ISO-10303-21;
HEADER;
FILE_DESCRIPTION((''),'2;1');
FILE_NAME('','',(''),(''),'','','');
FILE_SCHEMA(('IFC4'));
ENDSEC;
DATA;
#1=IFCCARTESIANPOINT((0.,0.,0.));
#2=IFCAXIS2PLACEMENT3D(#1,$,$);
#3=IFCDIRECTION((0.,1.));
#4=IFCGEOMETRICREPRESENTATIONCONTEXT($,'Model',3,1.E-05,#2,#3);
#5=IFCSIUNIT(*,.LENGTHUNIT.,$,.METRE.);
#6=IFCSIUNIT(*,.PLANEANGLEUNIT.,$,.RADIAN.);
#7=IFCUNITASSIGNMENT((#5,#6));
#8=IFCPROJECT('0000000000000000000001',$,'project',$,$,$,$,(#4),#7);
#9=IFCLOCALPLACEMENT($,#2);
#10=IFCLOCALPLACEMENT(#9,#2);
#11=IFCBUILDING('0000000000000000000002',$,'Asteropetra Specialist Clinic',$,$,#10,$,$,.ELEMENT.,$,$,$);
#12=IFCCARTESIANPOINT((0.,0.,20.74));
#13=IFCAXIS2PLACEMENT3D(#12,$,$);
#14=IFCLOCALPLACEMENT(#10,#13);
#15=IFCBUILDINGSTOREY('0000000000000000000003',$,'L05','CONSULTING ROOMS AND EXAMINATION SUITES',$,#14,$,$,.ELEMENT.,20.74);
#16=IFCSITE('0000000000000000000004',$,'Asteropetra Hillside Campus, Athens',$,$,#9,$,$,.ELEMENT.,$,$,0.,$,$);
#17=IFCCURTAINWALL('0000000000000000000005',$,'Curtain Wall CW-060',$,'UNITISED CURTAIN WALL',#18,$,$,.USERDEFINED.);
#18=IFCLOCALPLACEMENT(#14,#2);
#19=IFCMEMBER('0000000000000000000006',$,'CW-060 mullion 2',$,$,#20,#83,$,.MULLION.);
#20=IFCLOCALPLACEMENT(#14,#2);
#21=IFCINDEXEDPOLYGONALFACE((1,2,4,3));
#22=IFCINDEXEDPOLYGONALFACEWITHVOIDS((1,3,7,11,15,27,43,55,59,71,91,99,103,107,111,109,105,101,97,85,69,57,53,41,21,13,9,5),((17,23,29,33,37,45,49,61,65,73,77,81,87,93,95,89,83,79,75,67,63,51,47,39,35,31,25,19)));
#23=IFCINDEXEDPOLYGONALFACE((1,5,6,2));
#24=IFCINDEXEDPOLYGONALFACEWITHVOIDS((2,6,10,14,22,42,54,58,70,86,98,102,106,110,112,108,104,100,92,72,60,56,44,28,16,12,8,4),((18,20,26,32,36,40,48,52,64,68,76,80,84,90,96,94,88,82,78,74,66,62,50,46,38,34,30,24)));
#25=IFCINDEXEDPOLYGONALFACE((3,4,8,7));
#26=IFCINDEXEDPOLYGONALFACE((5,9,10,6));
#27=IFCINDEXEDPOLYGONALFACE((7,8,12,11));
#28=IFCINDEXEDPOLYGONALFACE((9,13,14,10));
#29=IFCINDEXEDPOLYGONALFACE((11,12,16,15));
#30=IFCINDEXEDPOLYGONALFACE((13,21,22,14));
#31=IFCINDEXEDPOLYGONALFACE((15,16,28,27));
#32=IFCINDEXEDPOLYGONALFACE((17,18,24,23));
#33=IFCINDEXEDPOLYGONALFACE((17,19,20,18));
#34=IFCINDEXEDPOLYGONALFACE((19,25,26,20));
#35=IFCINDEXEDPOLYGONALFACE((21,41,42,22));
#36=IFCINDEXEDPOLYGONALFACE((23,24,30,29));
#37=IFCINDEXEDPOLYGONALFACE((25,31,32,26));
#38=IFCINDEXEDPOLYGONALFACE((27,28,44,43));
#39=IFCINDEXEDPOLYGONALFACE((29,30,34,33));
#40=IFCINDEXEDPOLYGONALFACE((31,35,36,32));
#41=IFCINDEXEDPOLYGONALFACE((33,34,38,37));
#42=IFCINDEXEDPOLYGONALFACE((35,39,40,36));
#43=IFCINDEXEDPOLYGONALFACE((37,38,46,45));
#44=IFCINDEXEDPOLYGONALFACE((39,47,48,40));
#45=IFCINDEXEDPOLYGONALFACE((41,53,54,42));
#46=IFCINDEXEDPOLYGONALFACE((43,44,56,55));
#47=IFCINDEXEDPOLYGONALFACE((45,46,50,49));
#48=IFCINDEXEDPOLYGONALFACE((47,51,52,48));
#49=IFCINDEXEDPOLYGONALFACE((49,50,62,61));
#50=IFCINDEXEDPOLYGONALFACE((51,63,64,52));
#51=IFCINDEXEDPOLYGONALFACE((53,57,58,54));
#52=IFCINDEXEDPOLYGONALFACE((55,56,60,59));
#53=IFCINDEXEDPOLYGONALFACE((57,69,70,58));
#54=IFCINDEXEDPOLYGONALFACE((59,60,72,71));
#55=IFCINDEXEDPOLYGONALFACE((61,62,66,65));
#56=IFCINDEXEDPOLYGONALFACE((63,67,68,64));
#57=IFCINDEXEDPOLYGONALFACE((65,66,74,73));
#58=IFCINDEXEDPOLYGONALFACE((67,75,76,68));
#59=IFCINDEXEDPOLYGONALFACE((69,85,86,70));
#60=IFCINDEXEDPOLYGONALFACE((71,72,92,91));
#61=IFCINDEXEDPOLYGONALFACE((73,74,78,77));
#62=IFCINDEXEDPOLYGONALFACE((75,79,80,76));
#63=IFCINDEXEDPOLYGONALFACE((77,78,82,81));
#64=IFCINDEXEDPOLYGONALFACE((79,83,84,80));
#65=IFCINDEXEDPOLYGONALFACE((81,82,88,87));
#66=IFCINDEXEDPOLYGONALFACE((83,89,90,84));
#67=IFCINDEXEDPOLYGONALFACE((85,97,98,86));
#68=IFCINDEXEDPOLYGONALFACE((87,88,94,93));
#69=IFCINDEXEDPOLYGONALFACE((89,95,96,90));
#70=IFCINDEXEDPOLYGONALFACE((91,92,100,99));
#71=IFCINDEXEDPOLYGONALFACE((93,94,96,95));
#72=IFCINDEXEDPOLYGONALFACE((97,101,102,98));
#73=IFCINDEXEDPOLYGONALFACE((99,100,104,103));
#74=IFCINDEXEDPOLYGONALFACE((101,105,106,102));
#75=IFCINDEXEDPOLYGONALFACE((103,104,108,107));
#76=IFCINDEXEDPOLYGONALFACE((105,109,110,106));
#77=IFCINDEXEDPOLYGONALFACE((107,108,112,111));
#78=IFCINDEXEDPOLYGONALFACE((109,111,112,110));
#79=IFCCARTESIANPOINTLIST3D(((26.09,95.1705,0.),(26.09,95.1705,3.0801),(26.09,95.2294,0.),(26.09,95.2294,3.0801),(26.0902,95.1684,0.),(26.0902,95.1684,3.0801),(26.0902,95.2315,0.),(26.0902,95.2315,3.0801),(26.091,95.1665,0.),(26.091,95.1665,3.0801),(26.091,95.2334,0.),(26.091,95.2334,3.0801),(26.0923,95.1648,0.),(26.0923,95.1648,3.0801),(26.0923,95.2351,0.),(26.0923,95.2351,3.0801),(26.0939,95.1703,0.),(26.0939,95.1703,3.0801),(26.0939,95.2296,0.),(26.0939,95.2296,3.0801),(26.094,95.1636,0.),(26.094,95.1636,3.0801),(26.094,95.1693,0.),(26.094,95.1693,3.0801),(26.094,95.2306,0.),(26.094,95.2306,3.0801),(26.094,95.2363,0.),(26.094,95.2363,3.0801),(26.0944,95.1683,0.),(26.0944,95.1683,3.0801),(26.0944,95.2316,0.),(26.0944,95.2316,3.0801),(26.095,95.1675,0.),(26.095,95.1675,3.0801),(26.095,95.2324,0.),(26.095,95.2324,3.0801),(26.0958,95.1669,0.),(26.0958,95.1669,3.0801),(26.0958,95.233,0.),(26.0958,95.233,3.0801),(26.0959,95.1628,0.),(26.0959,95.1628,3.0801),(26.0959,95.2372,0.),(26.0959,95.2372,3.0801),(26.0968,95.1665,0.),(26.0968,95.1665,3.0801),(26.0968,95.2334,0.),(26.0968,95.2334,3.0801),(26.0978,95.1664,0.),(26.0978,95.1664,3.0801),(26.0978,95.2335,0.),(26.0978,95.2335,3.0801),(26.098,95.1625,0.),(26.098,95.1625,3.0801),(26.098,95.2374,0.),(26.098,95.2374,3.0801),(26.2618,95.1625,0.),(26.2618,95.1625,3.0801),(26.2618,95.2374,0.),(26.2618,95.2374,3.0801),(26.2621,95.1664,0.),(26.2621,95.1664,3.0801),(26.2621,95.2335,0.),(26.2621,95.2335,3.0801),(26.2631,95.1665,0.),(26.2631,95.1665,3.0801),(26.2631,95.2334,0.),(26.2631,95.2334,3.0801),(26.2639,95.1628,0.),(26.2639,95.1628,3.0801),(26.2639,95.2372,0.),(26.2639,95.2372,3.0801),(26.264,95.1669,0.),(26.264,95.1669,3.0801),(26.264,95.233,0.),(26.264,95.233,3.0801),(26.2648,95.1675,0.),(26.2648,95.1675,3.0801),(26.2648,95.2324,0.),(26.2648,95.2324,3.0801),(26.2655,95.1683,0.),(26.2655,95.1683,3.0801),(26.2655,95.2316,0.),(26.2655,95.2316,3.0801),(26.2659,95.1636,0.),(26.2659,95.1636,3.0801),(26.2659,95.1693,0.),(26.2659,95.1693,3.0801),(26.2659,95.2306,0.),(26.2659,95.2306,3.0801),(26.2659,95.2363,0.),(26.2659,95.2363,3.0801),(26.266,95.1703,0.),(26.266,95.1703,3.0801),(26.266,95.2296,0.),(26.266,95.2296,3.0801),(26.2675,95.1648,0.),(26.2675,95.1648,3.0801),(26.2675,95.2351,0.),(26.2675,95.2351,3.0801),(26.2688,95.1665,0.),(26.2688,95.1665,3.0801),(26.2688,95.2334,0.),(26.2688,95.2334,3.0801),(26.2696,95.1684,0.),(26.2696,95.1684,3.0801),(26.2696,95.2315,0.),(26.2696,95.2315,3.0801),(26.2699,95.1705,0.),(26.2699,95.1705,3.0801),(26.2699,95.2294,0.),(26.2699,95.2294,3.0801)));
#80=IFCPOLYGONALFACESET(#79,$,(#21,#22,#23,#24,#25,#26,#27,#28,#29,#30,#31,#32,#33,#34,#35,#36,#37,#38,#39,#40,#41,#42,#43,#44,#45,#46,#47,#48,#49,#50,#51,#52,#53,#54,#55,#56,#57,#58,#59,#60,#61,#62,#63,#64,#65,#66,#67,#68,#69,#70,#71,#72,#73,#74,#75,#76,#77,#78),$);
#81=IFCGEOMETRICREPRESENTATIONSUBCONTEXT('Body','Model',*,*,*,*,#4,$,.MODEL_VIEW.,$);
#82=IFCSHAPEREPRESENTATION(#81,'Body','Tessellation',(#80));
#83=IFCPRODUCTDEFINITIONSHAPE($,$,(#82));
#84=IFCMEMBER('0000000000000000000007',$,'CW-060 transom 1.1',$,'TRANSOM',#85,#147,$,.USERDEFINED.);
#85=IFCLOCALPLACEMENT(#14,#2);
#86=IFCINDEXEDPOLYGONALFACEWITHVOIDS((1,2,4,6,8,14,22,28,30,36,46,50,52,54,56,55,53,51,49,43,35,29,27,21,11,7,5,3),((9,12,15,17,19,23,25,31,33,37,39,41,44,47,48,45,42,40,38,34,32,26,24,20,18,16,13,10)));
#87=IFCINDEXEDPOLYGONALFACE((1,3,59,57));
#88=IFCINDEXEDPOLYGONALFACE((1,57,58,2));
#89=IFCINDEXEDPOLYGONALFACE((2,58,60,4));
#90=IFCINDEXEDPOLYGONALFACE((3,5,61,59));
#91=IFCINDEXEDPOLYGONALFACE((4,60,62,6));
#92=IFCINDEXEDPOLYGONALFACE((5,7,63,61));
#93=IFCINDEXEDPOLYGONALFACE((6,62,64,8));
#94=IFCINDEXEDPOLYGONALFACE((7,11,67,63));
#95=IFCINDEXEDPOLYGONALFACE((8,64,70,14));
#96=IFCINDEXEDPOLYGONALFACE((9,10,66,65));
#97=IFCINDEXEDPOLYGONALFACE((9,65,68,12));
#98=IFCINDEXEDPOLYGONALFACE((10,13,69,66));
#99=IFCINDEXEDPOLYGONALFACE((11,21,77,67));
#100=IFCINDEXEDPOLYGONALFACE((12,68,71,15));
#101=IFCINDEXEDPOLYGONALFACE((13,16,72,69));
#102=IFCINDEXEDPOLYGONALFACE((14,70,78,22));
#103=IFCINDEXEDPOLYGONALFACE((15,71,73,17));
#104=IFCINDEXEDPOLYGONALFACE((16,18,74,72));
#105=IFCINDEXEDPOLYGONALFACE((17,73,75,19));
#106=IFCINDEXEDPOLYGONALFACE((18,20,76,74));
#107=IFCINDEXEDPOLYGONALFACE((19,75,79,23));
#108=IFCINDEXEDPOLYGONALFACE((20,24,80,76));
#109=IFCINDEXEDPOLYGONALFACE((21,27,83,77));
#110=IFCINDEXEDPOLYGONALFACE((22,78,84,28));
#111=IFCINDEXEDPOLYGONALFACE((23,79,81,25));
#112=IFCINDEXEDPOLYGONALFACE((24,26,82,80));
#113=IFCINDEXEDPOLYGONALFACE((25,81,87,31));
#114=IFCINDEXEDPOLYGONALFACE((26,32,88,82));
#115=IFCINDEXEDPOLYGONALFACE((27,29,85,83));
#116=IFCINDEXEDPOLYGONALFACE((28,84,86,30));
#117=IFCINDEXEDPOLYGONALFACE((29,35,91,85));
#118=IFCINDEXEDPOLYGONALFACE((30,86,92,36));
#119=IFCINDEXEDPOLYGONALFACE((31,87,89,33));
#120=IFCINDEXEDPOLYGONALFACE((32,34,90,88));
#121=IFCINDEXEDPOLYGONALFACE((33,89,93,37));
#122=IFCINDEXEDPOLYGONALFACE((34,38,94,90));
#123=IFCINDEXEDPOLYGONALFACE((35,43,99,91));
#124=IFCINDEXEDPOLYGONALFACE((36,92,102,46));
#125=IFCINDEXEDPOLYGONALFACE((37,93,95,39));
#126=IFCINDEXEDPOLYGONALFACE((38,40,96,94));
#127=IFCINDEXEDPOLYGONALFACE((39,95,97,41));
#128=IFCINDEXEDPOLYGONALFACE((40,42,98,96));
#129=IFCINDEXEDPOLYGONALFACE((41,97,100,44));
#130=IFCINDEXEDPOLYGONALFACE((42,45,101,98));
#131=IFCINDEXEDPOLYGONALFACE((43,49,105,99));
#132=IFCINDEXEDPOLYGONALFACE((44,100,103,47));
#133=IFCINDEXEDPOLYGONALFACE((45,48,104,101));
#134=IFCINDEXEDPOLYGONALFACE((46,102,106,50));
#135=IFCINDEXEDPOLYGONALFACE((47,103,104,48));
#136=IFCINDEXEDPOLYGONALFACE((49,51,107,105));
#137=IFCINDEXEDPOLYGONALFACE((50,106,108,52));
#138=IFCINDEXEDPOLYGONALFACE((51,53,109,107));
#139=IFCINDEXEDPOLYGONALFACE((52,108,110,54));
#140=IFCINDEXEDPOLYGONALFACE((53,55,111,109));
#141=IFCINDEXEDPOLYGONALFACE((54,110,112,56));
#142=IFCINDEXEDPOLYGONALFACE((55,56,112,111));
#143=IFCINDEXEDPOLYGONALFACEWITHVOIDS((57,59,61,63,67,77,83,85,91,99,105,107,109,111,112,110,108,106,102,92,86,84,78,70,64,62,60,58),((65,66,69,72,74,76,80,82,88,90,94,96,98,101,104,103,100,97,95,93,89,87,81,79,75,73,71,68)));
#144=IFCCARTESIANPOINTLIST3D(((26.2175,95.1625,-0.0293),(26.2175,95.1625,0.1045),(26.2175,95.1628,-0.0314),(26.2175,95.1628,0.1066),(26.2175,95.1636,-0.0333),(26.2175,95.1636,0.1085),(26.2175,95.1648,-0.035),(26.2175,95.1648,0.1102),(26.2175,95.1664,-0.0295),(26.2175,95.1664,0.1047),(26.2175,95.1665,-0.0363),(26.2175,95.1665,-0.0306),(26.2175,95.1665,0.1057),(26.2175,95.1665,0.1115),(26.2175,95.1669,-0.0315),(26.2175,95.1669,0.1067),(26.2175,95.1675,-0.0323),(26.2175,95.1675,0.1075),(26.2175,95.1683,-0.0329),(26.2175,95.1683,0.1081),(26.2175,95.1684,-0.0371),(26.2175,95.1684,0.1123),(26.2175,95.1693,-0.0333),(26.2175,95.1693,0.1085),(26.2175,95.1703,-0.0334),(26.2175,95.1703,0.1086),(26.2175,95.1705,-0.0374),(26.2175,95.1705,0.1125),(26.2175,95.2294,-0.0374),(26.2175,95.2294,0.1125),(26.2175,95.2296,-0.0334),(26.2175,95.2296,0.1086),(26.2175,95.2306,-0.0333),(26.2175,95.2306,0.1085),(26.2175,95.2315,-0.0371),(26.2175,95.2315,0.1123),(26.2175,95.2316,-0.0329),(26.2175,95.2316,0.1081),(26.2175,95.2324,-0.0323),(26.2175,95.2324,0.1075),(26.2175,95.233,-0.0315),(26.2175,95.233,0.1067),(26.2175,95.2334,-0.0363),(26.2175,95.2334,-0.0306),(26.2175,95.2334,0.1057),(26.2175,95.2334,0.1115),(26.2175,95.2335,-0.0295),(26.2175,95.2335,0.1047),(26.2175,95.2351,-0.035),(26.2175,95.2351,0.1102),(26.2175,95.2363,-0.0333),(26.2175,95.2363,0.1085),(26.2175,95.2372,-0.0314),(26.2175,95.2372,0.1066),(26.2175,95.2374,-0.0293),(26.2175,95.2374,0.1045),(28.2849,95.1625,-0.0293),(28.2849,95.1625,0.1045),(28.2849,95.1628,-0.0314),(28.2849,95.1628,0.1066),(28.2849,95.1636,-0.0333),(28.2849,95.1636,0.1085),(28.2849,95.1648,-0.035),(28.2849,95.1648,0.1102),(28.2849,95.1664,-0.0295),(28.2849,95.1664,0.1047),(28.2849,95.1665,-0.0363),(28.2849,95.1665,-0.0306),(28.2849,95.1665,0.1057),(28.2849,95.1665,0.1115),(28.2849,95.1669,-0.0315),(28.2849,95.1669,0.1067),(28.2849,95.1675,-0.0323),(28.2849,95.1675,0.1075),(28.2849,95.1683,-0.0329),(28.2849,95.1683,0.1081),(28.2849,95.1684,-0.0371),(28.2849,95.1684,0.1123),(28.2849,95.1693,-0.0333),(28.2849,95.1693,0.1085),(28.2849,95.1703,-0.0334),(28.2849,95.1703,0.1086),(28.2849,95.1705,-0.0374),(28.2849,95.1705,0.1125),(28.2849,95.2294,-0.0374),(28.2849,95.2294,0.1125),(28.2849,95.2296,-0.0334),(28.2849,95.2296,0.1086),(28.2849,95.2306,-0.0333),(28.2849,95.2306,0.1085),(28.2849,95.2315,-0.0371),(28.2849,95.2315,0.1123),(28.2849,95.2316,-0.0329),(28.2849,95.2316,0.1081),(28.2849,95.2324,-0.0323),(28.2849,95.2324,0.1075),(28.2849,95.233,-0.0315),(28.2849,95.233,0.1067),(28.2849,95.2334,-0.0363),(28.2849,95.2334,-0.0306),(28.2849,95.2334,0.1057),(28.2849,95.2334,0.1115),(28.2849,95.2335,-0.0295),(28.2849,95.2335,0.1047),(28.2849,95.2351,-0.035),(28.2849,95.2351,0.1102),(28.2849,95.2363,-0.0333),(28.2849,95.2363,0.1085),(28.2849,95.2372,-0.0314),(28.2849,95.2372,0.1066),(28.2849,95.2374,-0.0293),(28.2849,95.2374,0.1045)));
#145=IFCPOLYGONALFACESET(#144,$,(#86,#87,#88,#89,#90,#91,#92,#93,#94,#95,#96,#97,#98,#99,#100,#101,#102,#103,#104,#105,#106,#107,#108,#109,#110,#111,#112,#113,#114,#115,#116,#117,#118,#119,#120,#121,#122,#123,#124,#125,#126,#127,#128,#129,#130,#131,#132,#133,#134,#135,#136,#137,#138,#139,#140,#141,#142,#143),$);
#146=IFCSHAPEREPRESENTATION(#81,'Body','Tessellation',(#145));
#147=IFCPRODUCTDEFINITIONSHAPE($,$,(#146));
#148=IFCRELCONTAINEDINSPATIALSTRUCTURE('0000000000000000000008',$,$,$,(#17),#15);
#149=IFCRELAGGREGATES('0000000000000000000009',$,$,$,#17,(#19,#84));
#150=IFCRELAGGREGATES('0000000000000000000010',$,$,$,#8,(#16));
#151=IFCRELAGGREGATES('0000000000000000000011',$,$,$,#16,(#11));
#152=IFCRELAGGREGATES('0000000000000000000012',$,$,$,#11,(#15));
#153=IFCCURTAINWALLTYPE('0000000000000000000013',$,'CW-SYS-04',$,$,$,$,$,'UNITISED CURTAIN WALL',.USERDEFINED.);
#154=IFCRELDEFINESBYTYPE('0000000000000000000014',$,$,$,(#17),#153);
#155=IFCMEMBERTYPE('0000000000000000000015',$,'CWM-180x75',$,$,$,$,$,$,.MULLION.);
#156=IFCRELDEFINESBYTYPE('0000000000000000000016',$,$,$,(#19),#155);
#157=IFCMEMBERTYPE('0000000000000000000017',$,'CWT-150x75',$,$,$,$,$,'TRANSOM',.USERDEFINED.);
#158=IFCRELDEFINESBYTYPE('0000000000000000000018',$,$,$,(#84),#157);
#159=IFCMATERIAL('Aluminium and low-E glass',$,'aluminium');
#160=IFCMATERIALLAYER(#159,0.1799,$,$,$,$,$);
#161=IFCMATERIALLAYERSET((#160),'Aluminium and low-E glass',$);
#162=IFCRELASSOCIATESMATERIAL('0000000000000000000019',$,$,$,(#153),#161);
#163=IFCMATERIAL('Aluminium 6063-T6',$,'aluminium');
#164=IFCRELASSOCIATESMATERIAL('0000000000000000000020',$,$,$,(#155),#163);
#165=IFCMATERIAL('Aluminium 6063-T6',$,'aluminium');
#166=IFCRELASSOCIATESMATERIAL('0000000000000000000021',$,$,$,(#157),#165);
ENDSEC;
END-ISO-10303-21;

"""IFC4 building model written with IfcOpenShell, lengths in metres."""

from ifc_helpers import new_model, si_unit, direction, frame, origin, origin_2d, place, context, subcontext, project, spatial, hollow_rectangle, extrude, material, layer, layer_set, material_profile, profile_set, type_object, element, aggregate, save


model = new_model("IFC4")

# Units and contexts
model_context = context("Model", 3, precision=1e-05, world=origin(), true_north=direction((0.0, 1.0)))
body_context = subcontext(model_context, "Body", "Model", "MODEL_VIEW")
ifc_project = project(units=[si_unit("LENGTHUNIT", "METRE"), si_unit("PLANEANGLEUNIT", "RADIAN")], contexts=[model_context])

# Site, building, storey
site_placement = place(None, origin())
site = spatial("IfcSite", under=ifc_project, at=site_placement, Name="Asteropetra Hillside Campus, Athens", CompositionType="ELEMENT", RefElevation=0.0)
building_placement = place(site_placement, origin())
building = spatial("IfcBuilding", under=site, at=building_placement, Name="Asteropetra Specialist Clinic", CompositionType="ELEMENT")
storey_placement = place(building_placement, frame((0.0, 0.0, 20.74)))
storey = spatial("IfcBuildingStorey", under=building, at=storey_placement, Name="L05", Description="CONSULTING ROOMS AND EXAMINATION SUITES", CompositionType="ELEMENT", Elevation=20.74)

# Curtain wall, members
ifc_material_1 = material(Name="Aluminium and low-E glass", Category="aluminium")
ifc_layer_1 = layer(ifc_material_1, 0.1799)
ifc_layer_set_1 = layer_set([ifc_layer_1], Name="Aluminium and low-E glass")
curtain_wall_type_1 = type_object("IfcCurtainWallType", Name="CW-SYS-04", ElementType="UNITISED CURTAIN WALL", PredefinedType="USERDEFINED", material=ifc_layer_set_1)
curtain_wall_1_placement = place(storey_placement, origin())
curtain_wall_1 = element("IfcCurtainWall", 1, at=curtain_wall_1_placement, inside=storey, type_object=curtain_wall_type_1, Name="Curtain Wall CW-060", ObjectType="UNITISED CURTAIN WALL", PredefinedType="USERDEFINED")
ifc_material_2 = material(Name="Aluminium 6063-T6", Category="aluminium")
ifc_material_profile_1 = material_profile(ifc_material_2, hollow_rectangle(XDim=0.075, YDim=0.1799, WallThickness=0.0039, InnerFilletRadius=0.0039, OuterFilletRadius=0.0081, at=origin_2d()), Name="MUL 180x75x4.0")
ifc_profile_set_1 = profile_set([ifc_material_profile_1], Name="Aluminium 6063-T6")
member_type_1 = type_object("IfcMemberType", Name="CWM-180x75", PredefinedType="MULLION", material=ifc_profile_set_1)
member_1_placement = place(storey_placement, frame((26.1799, 95.2, 0.0), z_axis=(0.0, 0.0, 1.0), x_axis=(0.0, -1.0, 0.0)))
member_1 = element("IfcMember", 2, at=member_1_placement, type_object=member_type_1, Name="CW-060 mullion 2", PredefinedType="MULLION", context=body_context, shape_type="SweptSolid", body=[
    extrude(hollow_rectangle(XDim=0.075, YDim=0.1799, WallThickness=0.0039, InnerFilletRadius=0.0039, OuterFilletRadius=0.0081, at=origin_2d()), origin(), (0.0, 0.0, 1.0), 3.0801),
])
ifc_material_3 = material(Name="Aluminium 6063-T6", Category="aluminium")
ifc_material_profile_2 = material_profile(ifc_material_3, hollow_rectangle(XDim=0.075, YDim=0.1499, WallThickness=0.0039, InnerFilletRadius=0.0039, OuterFilletRadius=0.0081, at=origin_2d()), Name="TRN 150x75x4.0")
ifc_profile_set_2 = profile_set([ifc_material_profile_2], Name="Aluminium 6063-T6")
member_type_2 = type_object("IfcMemberType", Name="CWT-150x75", ElementType="TRANSOM", PredefinedType="USERDEFINED", material=ifc_profile_set_2)
member_2_placement = place(storey_placement, frame((28.2849, 95.2, 0.0376), z_axis=(-1.0, 0.0, 0.0), x_axis=(0.0, -1.0, 0.0)))
member_2 = element("IfcMember", 3, at=member_2_placement, type_object=member_type_2, Name="CW-060 transom 1.1", ObjectType="TRANSOM", PredefinedType="USERDEFINED", context=body_context, shape_type="SweptSolid", body=[
    extrude(hollow_rectangle(XDim=0.075, YDim=0.1499, WallThickness=0.0039, InnerFilletRadius=0.0039, OuterFilletRadius=0.0081, at=origin_2d()), origin(), (0.0, 0.0, 1.0), 2.0674),
])
aggregate(curtain_wall_1, [member_1, member_2])

save(model, "model.ifc")
